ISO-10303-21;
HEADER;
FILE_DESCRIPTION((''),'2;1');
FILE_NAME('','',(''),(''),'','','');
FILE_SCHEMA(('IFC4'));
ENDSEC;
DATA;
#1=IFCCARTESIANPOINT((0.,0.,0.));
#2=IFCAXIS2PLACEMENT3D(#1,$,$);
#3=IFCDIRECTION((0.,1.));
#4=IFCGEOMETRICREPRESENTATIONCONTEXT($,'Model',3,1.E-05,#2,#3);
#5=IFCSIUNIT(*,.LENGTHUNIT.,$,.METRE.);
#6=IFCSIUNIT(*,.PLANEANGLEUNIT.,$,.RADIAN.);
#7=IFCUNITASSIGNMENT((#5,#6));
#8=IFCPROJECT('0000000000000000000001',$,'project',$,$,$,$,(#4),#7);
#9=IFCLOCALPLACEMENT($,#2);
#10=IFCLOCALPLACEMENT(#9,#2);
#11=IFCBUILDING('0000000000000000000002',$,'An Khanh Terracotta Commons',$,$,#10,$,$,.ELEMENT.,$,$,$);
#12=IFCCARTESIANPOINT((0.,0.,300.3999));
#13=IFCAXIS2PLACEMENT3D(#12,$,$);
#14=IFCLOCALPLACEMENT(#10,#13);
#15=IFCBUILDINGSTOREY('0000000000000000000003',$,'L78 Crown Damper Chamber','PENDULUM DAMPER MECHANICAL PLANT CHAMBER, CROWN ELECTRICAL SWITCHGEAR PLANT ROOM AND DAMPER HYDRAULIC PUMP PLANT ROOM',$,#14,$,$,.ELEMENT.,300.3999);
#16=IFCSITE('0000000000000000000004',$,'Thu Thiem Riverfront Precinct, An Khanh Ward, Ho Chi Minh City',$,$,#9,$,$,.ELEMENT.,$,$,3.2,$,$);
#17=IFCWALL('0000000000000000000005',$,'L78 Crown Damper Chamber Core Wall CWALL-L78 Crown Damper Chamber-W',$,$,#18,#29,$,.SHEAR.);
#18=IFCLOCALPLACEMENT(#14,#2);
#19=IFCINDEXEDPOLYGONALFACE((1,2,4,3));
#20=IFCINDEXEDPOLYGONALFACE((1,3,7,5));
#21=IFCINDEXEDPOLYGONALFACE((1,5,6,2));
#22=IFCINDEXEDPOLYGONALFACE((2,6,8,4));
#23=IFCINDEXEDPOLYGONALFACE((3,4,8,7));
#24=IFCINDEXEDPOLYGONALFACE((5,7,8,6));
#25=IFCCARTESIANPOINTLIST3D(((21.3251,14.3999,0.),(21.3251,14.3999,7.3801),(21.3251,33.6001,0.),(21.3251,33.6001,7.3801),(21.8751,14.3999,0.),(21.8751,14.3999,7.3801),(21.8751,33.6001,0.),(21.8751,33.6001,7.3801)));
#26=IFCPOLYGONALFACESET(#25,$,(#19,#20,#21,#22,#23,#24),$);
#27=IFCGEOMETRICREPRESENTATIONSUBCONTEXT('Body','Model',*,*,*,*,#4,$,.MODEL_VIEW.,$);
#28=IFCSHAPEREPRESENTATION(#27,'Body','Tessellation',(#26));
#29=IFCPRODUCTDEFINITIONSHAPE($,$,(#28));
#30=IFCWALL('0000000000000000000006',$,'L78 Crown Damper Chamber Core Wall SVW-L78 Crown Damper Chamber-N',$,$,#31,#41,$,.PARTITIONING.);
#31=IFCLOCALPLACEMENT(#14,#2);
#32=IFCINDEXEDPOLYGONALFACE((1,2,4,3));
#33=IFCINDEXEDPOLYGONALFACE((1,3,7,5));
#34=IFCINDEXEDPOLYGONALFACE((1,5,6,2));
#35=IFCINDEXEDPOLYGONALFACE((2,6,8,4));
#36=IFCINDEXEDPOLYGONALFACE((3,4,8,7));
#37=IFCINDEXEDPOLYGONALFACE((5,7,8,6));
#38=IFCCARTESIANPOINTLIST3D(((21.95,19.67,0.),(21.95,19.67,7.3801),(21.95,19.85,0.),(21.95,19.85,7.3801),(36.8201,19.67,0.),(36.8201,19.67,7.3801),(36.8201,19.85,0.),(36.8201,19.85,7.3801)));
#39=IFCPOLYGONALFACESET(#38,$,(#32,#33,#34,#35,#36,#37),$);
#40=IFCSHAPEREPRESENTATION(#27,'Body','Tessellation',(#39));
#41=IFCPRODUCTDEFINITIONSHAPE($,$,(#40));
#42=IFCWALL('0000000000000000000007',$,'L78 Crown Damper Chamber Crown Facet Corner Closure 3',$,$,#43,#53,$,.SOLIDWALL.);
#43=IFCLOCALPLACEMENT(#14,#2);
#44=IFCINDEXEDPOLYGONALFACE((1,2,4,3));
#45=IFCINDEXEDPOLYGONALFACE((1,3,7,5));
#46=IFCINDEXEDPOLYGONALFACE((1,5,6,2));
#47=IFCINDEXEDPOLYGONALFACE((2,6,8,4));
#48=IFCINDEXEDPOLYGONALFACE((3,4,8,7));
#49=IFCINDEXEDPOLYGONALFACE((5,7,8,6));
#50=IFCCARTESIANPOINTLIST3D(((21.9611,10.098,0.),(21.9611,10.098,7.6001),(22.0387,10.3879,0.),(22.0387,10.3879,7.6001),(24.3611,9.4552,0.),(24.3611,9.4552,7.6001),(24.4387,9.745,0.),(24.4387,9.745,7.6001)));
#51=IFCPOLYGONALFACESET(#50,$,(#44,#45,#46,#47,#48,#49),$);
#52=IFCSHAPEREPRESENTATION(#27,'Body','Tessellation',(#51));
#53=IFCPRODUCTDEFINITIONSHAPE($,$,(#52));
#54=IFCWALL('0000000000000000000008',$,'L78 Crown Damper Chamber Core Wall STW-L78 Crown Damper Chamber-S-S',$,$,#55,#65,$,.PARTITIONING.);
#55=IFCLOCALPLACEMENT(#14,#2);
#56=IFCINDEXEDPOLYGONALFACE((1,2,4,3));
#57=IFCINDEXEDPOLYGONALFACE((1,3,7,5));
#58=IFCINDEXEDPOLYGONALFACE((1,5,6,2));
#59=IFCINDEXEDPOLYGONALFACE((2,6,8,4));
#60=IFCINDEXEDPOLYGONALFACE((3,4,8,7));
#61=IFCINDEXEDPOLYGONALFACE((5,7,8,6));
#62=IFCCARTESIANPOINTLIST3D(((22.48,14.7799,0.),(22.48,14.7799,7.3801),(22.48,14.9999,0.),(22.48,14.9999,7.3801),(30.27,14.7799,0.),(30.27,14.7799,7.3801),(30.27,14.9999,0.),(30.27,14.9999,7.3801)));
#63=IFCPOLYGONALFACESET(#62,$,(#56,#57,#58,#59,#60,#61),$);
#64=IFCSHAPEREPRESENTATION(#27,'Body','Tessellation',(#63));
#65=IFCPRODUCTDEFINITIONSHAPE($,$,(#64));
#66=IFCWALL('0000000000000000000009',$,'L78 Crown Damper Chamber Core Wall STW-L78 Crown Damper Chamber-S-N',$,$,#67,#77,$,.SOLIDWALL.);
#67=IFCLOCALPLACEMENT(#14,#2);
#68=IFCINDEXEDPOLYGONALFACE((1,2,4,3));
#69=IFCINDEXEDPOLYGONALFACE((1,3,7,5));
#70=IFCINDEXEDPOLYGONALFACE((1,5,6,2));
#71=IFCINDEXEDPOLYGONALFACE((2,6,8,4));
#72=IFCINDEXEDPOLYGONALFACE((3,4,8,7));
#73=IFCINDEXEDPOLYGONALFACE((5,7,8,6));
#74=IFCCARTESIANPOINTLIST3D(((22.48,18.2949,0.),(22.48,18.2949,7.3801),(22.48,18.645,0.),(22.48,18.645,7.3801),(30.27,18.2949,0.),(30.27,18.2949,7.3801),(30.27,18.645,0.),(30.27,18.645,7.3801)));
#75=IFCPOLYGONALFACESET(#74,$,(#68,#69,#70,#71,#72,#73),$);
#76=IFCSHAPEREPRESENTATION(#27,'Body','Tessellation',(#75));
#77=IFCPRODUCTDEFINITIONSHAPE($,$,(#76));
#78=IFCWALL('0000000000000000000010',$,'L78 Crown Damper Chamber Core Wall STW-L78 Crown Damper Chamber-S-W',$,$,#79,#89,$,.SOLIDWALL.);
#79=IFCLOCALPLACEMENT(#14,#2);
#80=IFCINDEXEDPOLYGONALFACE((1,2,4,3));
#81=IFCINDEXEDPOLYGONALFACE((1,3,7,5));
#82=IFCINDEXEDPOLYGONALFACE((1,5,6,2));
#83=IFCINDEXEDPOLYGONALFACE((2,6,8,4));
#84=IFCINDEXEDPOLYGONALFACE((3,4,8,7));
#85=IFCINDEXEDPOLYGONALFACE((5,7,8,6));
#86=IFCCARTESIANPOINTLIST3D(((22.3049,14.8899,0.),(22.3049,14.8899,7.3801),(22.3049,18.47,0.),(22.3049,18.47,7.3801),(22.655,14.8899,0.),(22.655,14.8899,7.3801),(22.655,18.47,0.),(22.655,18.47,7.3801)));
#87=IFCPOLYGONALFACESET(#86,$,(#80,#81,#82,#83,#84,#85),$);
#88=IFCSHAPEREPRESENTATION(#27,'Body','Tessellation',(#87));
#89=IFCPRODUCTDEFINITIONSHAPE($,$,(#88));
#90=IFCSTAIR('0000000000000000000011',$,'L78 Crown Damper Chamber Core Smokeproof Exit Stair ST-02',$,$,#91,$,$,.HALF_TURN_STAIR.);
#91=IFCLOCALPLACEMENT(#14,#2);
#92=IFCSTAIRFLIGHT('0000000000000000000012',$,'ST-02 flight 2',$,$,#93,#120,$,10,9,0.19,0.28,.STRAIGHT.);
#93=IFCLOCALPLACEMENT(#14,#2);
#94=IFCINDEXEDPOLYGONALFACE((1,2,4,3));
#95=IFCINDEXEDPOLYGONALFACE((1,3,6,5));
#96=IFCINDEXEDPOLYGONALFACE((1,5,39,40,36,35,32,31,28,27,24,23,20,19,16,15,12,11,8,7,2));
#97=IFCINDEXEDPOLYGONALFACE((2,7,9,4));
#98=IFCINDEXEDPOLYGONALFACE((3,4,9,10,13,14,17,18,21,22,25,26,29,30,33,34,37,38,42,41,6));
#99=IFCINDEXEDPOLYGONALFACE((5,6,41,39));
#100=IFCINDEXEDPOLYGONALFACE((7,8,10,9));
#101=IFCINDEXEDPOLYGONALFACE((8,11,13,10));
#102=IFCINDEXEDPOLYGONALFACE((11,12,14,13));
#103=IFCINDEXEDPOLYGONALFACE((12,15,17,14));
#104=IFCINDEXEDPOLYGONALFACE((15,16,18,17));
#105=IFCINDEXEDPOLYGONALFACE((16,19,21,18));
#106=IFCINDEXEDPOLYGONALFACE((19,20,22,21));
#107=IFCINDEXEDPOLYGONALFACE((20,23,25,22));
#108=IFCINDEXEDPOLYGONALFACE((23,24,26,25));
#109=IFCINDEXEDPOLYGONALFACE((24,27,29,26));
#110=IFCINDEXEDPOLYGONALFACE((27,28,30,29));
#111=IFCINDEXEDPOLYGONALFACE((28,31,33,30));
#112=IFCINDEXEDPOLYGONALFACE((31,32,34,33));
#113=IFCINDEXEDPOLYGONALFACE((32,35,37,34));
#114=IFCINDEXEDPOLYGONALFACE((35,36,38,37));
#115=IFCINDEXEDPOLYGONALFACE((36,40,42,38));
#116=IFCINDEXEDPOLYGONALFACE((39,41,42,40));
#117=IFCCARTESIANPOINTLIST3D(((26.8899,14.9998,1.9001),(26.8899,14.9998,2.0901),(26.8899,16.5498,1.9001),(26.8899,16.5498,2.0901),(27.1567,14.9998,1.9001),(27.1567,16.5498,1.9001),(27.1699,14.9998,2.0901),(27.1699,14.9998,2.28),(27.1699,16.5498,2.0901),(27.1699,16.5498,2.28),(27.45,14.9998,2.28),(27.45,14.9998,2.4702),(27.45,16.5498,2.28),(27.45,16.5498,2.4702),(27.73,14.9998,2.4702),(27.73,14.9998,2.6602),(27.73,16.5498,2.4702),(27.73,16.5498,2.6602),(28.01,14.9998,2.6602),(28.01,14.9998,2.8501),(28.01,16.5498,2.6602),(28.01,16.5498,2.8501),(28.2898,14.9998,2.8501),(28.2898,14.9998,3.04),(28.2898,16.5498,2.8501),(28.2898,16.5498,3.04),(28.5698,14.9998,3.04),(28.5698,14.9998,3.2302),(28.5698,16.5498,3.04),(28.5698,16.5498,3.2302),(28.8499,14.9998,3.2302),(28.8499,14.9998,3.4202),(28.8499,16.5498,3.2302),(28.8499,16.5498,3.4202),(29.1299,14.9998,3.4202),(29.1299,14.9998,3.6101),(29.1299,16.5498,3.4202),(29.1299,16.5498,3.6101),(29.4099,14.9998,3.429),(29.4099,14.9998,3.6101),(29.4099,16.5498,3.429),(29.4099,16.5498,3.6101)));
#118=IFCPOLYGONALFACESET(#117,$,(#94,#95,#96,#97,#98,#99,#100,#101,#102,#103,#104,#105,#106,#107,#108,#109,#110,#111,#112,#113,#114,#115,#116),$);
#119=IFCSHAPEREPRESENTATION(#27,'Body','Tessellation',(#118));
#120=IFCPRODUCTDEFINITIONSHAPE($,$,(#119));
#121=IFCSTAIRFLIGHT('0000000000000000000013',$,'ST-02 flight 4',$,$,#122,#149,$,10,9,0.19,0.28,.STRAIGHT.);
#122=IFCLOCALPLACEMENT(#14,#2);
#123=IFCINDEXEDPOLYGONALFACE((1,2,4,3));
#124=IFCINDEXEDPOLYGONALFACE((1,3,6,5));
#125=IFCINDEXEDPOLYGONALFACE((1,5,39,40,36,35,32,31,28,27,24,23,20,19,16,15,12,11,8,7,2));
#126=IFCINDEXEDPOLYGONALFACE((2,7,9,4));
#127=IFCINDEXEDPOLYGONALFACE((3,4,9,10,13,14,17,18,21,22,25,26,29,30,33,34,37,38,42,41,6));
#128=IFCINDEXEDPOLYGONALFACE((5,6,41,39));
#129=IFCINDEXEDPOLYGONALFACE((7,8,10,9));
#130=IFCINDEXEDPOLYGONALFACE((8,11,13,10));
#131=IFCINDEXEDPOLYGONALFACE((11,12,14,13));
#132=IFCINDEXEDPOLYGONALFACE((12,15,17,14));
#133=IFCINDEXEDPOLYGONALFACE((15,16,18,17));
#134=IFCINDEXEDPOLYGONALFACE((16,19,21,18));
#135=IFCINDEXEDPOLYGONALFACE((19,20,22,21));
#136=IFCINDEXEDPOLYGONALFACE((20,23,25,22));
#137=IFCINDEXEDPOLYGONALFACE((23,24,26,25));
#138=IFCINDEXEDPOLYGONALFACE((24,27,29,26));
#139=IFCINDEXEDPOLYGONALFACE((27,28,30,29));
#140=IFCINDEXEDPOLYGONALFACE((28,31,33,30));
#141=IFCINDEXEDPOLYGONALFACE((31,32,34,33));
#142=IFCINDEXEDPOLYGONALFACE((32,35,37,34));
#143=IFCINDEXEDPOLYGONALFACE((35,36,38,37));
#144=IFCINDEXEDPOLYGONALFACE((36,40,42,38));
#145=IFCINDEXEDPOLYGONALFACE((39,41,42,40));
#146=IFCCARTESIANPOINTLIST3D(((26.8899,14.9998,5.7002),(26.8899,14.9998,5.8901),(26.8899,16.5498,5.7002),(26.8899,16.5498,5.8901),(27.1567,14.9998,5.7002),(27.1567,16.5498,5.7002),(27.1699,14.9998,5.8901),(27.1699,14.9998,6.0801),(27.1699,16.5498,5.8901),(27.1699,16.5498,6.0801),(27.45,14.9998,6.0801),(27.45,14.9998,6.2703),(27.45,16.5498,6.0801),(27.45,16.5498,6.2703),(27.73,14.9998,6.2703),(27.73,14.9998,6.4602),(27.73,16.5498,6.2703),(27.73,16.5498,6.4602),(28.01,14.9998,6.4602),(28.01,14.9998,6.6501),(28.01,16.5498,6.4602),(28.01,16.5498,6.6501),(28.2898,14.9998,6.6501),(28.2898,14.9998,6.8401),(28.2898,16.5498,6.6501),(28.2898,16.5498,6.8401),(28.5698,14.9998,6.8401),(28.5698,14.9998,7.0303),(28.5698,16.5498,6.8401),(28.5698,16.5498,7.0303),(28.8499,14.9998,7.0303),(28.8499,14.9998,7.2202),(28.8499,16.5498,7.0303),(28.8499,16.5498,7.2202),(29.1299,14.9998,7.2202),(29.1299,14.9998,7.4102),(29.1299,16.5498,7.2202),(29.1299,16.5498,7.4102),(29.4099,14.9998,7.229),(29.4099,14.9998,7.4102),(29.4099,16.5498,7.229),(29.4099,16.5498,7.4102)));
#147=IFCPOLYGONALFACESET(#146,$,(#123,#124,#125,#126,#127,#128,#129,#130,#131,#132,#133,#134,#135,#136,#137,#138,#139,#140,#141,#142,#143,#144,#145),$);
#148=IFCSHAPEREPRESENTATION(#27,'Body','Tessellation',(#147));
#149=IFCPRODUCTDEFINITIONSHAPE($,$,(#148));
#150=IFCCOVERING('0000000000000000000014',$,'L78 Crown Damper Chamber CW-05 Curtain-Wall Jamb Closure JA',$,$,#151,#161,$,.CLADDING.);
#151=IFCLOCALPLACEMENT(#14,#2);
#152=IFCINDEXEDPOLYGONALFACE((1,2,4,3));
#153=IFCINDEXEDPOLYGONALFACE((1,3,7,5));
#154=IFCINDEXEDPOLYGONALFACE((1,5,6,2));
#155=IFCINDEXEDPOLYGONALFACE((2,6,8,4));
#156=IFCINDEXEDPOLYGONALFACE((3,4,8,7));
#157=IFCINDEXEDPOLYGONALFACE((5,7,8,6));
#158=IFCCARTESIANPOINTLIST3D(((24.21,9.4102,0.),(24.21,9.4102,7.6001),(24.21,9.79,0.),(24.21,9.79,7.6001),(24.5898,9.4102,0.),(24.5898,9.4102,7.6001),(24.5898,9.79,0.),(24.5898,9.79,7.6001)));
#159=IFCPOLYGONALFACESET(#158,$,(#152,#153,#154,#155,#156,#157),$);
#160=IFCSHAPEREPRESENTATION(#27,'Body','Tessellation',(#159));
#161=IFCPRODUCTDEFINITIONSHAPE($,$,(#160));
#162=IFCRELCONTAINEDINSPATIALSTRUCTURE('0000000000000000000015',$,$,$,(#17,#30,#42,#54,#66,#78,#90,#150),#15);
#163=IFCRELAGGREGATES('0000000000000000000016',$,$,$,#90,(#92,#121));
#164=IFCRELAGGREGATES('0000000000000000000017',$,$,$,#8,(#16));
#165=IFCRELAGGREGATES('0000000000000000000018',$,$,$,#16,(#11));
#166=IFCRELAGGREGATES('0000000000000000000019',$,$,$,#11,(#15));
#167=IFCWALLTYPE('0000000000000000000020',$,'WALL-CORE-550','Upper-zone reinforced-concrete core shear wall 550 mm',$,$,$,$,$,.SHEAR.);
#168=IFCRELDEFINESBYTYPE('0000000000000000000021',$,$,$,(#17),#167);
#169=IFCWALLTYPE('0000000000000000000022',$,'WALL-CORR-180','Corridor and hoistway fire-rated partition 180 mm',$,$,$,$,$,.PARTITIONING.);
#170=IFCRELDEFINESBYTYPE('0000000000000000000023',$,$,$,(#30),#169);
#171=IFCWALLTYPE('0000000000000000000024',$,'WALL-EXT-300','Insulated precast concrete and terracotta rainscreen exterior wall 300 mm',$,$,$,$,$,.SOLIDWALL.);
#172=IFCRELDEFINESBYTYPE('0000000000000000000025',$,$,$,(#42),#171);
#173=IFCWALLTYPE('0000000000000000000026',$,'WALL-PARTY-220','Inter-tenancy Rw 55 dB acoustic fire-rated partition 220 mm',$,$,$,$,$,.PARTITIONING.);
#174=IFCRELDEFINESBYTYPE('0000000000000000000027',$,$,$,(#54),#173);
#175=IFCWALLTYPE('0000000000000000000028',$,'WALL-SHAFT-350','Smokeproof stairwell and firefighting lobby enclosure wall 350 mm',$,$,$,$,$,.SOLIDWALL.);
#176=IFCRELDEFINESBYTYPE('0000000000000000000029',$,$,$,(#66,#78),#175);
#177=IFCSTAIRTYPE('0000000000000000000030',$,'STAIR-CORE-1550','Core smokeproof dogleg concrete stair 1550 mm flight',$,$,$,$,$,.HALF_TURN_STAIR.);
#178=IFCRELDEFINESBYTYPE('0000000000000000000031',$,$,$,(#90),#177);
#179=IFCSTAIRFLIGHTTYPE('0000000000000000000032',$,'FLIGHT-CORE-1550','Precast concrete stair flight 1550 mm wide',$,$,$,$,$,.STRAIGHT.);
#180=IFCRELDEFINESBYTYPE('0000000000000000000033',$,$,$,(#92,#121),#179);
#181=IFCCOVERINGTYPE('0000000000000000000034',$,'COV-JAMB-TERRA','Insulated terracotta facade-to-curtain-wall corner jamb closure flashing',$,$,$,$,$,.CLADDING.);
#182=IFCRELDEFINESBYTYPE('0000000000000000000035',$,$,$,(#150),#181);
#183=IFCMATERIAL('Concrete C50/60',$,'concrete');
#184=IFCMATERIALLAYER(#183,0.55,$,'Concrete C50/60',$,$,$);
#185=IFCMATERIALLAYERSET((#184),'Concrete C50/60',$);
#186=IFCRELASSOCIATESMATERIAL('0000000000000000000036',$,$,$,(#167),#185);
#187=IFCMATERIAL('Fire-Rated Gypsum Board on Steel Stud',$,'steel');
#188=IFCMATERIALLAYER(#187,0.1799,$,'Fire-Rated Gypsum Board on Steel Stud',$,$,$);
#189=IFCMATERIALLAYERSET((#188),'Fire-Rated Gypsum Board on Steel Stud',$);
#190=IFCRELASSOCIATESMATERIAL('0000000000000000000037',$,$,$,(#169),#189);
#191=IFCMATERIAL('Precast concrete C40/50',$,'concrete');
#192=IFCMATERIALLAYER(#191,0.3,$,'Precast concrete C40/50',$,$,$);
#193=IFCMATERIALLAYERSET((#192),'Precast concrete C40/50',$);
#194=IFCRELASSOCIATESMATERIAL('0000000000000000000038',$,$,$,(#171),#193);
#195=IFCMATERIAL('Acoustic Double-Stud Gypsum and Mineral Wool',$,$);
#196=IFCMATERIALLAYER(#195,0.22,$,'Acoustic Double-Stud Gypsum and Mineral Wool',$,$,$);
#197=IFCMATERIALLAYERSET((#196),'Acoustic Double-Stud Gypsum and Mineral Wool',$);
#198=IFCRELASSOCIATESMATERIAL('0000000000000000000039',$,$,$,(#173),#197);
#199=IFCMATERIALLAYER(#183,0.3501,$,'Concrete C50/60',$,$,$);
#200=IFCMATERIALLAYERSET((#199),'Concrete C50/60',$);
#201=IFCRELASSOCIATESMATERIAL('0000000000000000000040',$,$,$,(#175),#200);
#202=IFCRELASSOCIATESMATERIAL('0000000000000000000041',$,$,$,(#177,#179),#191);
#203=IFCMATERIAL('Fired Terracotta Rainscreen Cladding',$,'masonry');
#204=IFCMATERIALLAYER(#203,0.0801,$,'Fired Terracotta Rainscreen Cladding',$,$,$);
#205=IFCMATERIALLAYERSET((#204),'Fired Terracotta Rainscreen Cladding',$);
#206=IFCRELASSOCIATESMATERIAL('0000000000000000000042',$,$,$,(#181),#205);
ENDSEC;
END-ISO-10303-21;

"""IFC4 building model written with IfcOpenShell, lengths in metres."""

from ifc_helpers import new_model, si_unit, direction, frame, frame_2d, origin, origin_2d, place, context, subcontext, project, spatial, polyline, rectangle, outline, extrude, material, layer, layer_set, type_object, element, aggregate, save


model = new_model("IFC4")

# Units and contexts
model_context = context("Model", 3, precision=1e-05, world=origin(), true_north=direction((0.0, 1.0)))
body_context = subcontext(model_context, "Body", "Model", "MODEL_VIEW")
ifc_project = project(units=[si_unit("LENGTHUNIT", "METRE"), si_unit("PLANEANGLEUNIT", "RADIAN")], contexts=[model_context])

# Site, building, storey
site_placement = place(None, origin())
site = spatial("IfcSite", under=ifc_project, at=site_placement, Name="Thu Thiem Riverfront Precinct, An Khanh Ward, Ho Chi Minh City", CompositionType="ELEMENT", RefElevation=3.2)
building_placement = place(site_placement, origin())
building = spatial("IfcBuilding", under=site, at=building_placement, Name="An Khanh Terracotta Commons", CompositionType="ELEMENT")
storey_placement = place(building_placement, frame((0.0, 0.0, 300.3999)))
storey = spatial("IfcBuildingStorey", under=building, at=storey_placement, Name="L78 Crown Damper Chamber", Description="PENDULUM DAMPER MECHANICAL PLANT CHAMBER, CROWN ELECTRICAL SWITCHGEAR PLANT ROOM AND DAMPER HYDRAULIC PUMP PLANT ROOM", CompositionType="ELEMENT", Elevation=300.3999)

# Walls
ifc_material_1 = material(Name="Concrete C50/60", Category="concrete")
ifc_layer_1 = layer(ifc_material_1, 0.55, Name="Concrete C50/60")
ifc_layer_set_1 = layer_set([ifc_layer_1], Name="Concrete C50/60")
wall_type_1 = type_object("IfcWallType", Name="WALL-CORE-550", Description="Upper-zone reinforced-concrete core shear wall 550 mm", PredefinedType="SHEAR", material=ifc_layer_set_1)
wall_1_placement = place(storey_placement, frame((21.6001, 14.3999, 0.0), z_axis=(0.0, 0.0, 1.0), x_axis=(0.0, 1.0, 0.0)))
element("IfcWall", 1, at=wall_1_placement, inside=storey, type_object=wall_type_1, Name="L78 Crown Damper Chamber Core Wall CWALL-L78 Crown Damper Chamber-W", PredefinedType="SHEAR", context=body_context, shape_type="SweptSolid", body=[
    extrude(rectangle(XDim=19.2002, YDim=0.55, at=frame_2d((9.6001, 0.0))), origin(), (0.0, 0.0, 1.0), 7.3801),
])
ifc_material_2 = material(Name="Fire-Rated Gypsum Board on Steel Stud", Category="steel")
ifc_layer_2 = layer(ifc_material_2, 0.1799, Name="Fire-Rated Gypsum Board on Steel Stud")
ifc_layer_set_2 = layer_set([ifc_layer_2], Name="Fire-Rated Gypsum Board on Steel Stud")
wall_type_2 = type_object("IfcWallType", Name="WALL-CORR-180", Description="Corridor and hoistway fire-rated partition 180 mm", PredefinedType="PARTITIONING", material=ifc_layer_set_2)
wall_2_placement = place(storey_placement, frame((21.95, 19.76, 0.0), z_axis=(0.0, 0.0, 1.0), x_axis=(1.0, 0.0, 0.0)))
element("IfcWall", 2, at=wall_2_placement, inside=storey, type_object=wall_type_2, Name="L78 Crown Damper Chamber Core Wall SVW-L78 Crown Damper Chamber-N", PredefinedType="PARTITIONING", context=body_context, shape_type="SweptSolid", body=[
    extrude(rectangle(XDim=14.8701, YDim=0.1799, at=frame_2d((7.4351, 0.0))), origin(), (0.0, 0.0, 1.0), 7.3801),
])
ifc_material_3 = material(Name="Precast concrete C40/50", Category="concrete")
ifc_layer_3 = layer(ifc_material_3, 0.3, Name="Precast concrete C40/50")
ifc_layer_set_3 = layer_set([ifc_layer_3], Name="Precast concrete C40/50")
wall_type_3 = type_object("IfcWallType", Name="WALL-EXT-300", Description="Insulated precast concrete and terracotta rainscreen exterior wall 300 mm", PredefinedType="SOLIDWALL", material=ifc_layer_set_3)
wall_3_placement = place(storey_placement, frame((22.0, 10.2429, 0.0), z_axis=(0.0, 0.0, 1.0), x_axis=(0.965949, -0.258733, 0.0)))
element("IfcWall", 3, at=wall_3_placement, inside=storey, type_object=wall_type_3, Name="L78 Crown Damper Chamber Crown Facet Corner Closure 3", PredefinedType="SOLIDWALL", context=body_context, shape_type="SweptSolid", body=[
    extrude(rectangle(XDim=2.4846, YDim=0.3, at=frame_2d((1.2422, 0.0))), origin(), (0.0, 0.0, 1.0), 7.6001),
])
ifc_material_4 = material(Name="Acoustic Double-Stud Gypsum and Mineral Wool")
ifc_layer_4 = layer(ifc_material_4, 0.22, Name="Acoustic Double-Stud Gypsum and Mineral Wool")
ifc_layer_set_4 = layer_set([ifc_layer_4], Name="Acoustic Double-Stud Gypsum and Mineral Wool")
wall_type_4 = type_object("IfcWallType", Name="WALL-PARTY-220", Description="Inter-tenancy Rw 55 dB acoustic fire-rated partition 220 mm", PredefinedType="PARTITIONING", material=ifc_layer_set_4)
wall_4_placement = place(storey_placement, frame((22.48, 14.8899, 0.0), z_axis=(0.0, 0.0, 1.0), x_axis=(1.0, 0.0, 0.0)))
element("IfcWall", 4, at=wall_4_placement, inside=storey, type_object=wall_type_4, Name="L78 Crown Damper Chamber Core Wall STW-L78 Crown Damper Chamber-S-S", PredefinedType="PARTITIONING", context=body_context, shape_type="SweptSolid", body=[
    extrude(rectangle(XDim=7.79, YDim=0.22, at=frame_2d((3.895, 0.0))), origin(), (0.0, 0.0, 1.0), 7.3801),
])
ifc_layer_5 = layer(ifc_material_1, 0.3501, Name="Concrete C50/60")
ifc_layer_set_5 = layer_set([ifc_layer_5], Name="Concrete C50/60")
wall_type_5 = type_object("IfcWallType", Name="WALL-SHAFT-350", Description="Smokeproof stairwell and firefighting lobby enclosure wall 350 mm", PredefinedType="SOLIDWALL", material=ifc_layer_set_5)
wall_5_placement = place(storey_placement, frame((22.48, 18.47, 0.0), z_axis=(0.0, 0.0, 1.0), x_axis=(1.0, 0.0, 0.0)))
element("IfcWall", 5, at=wall_5_placement, inside=storey, type_object=wall_type_5, Name="L78 Crown Damper Chamber Core Wall STW-L78 Crown Damper Chamber-S-N", PredefinedType="SOLIDWALL", context=body_context, shape_type="SweptSolid", body=[
    extrude(rectangle(XDim=7.79, YDim=0.3501, at=frame_2d((3.895, 0.0))), origin(), (0.0, 0.0, 1.0), 7.3801),
])
wall_6_placement = place(storey_placement, frame((22.48, 14.8899, 0.0), z_axis=(0.0, 0.0, 1.0), x_axis=(0.0, 1.0, 0.0)))
element("IfcWall", 6, at=wall_6_placement, inside=storey, type_object=wall_type_5, Name="L78 Crown Damper Chamber Core Wall STW-L78 Crown Damper Chamber-S-W", PredefinedType="SOLIDWALL", context=body_context, shape_type="SweptSolid", body=[
    extrude(rectangle(XDim=3.5801, YDim=0.3501, at=frame_2d((1.79, 0.0))), origin(), (0.0, 0.0, 1.0), 7.3801),
])

# Stair, stair flights
stair_type = type_object("IfcStairType", Name="STAIR-CORE-1550", Description="Core smokeproof dogleg concrete stair 1550 mm flight", PredefinedType="HALF_TURN_STAIR", material=ifc_material_3)
stair_placement = place(storey_placement, origin())
stair = element("IfcStair", 7, at=stair_placement, inside=storey, type_object=stair_type, Name="L78 Crown Damper Chamber Core Smokeproof Exit Stair ST-02", PredefinedType="HALF_TURN_STAIR")
stair_flight_type = type_object("IfcStairFlightType", Name="FLIGHT-CORE-1550", Description="Precast concrete stair flight 1550 mm wide", PredefinedType="STRAIGHT", material=ifc_material_3)
stair_flight_1_placement = place(storey_placement, frame((26.8899, 15.7749, 1.9001), z_axis=(0.0, 0.0, 1.0), x_axis=(1.0, 0.0, 0.0)))
stair_flight_1 = element("IfcStairFlight", 8, at=stair_flight_1_placement, type_object=stair_flight_type, Name="ST-02 flight 2", NumberOfRisers=10, NumberOfTreads=9, PredefinedType="STRAIGHT", RiserHeight=0.19, TreadLength=0.28, context=body_context, shape_type="SweptSolid", body=[
    extrude(outline(polyline([(0.0, 0.0), (0.0, 0.1899), (0.28, 0.1899), (0.28, 0.3799), (0.5601, 0.3799), (0.5601, 0.5701), (0.8401, 0.5701), (0.8401, 0.76), (1.1201, 0.76), (1.1201, 0.95), (1.3999, 0.95), (1.3999, 1.1399), (1.6799, 1.1399), (1.6799, 1.3301), (1.96, 1.3301), (1.96, 1.52), (2.24, 1.52), (2.24, 1.71), (2.52, 1.71), (2.52, 1.8999), (2.52, 1.5288), (0.2668, 0.0), (0.0, 0.0)])), frame((0.0, 0.7749, 0.0), z_axis=(0.0, -1.0, 0.0), x_axis=(1.0, 0.0, 0.0)), (0.0, 0.0, 1.0), 1.55),
])
stair_flight_2_placement = place(storey_placement, frame((26.8899, 15.7749, 5.7002), z_axis=(0.0, 0.0, 1.0), x_axis=(1.0, 0.0, 0.0)))
stair_flight_2 = element("IfcStairFlight", 9, at=stair_flight_2_placement, type_object=stair_flight_type, Name="ST-02 flight 4", NumberOfRisers=10, NumberOfTreads=9, PredefinedType="STRAIGHT", RiserHeight=0.19, TreadLength=0.28, context=body_context, shape_type="SweptSolid", body=[
    extrude(outline(polyline([(0.0, 0.0), (0.0, 0.1899), (0.28, 0.1899), (0.28, 0.3799), (0.5601, 0.3799), (0.5601, 0.5701), (0.8401, 0.5701), (0.8401, 0.76), (1.1201, 0.76), (1.1201, 0.95), (1.3999, 0.95), (1.3999, 1.1399), (1.6799, 1.1399), (1.6799, 1.3301), (1.96, 1.3301), (1.96, 1.52), (2.24, 1.52), (2.24, 1.71), (2.52, 1.71), (2.52, 1.8999), (2.52, 1.5288), (0.2668, 0.0), (0.0, 0.0)])), frame((0.0, 0.7749, 0.0), z_axis=(0.0, -1.0, 0.0), x_axis=(1.0, 0.0, 0.0)), (0.0, 0.0, 1.0), 1.55),
])
aggregate(stair, [stair_flight_1, stair_flight_2])

# Covering
ifc_material_5 = material(Name="Fired Terracotta Rainscreen Cladding", Category="masonry")
ifc_layer_6 = layer(ifc_material_5, 0.0801, Name="Fired Terracotta Rainscreen Cladding")
ifc_layer_set_6 = layer_set([ifc_layer_6], Name="Fired Terracotta Rainscreen Cladding")
covering_type = type_object("IfcCoveringType", Name="COV-JAMB-TERRA", Description="Insulated terracotta facade-to-curtain-wall corner jamb closure flashing", PredefinedType="CLADDING", material=ifc_layer_set_6)
covering_placement = place(storey_placement, frame((24.3999, 9.6001, 0.0), z_axis=(0.0, 0.0, 1.0), x_axis=(1.0, 0.0, 0.0)))
element("IfcCovering", 10, at=covering_placement, inside=storey, type_object=covering_type, Name="L78 Crown Damper Chamber CW-05 Curtain-Wall Jamb Closure JA", PredefinedType="CLADDING", context=body_context, shape_type="SweptSolid", body=[
    extrude(rectangle(XDim=0.3799, YDim=0.3799, at=origin_2d()), origin(), (0.0, 0.0, 1.0), 7.6001),
])

save(model, "model.ifc")
